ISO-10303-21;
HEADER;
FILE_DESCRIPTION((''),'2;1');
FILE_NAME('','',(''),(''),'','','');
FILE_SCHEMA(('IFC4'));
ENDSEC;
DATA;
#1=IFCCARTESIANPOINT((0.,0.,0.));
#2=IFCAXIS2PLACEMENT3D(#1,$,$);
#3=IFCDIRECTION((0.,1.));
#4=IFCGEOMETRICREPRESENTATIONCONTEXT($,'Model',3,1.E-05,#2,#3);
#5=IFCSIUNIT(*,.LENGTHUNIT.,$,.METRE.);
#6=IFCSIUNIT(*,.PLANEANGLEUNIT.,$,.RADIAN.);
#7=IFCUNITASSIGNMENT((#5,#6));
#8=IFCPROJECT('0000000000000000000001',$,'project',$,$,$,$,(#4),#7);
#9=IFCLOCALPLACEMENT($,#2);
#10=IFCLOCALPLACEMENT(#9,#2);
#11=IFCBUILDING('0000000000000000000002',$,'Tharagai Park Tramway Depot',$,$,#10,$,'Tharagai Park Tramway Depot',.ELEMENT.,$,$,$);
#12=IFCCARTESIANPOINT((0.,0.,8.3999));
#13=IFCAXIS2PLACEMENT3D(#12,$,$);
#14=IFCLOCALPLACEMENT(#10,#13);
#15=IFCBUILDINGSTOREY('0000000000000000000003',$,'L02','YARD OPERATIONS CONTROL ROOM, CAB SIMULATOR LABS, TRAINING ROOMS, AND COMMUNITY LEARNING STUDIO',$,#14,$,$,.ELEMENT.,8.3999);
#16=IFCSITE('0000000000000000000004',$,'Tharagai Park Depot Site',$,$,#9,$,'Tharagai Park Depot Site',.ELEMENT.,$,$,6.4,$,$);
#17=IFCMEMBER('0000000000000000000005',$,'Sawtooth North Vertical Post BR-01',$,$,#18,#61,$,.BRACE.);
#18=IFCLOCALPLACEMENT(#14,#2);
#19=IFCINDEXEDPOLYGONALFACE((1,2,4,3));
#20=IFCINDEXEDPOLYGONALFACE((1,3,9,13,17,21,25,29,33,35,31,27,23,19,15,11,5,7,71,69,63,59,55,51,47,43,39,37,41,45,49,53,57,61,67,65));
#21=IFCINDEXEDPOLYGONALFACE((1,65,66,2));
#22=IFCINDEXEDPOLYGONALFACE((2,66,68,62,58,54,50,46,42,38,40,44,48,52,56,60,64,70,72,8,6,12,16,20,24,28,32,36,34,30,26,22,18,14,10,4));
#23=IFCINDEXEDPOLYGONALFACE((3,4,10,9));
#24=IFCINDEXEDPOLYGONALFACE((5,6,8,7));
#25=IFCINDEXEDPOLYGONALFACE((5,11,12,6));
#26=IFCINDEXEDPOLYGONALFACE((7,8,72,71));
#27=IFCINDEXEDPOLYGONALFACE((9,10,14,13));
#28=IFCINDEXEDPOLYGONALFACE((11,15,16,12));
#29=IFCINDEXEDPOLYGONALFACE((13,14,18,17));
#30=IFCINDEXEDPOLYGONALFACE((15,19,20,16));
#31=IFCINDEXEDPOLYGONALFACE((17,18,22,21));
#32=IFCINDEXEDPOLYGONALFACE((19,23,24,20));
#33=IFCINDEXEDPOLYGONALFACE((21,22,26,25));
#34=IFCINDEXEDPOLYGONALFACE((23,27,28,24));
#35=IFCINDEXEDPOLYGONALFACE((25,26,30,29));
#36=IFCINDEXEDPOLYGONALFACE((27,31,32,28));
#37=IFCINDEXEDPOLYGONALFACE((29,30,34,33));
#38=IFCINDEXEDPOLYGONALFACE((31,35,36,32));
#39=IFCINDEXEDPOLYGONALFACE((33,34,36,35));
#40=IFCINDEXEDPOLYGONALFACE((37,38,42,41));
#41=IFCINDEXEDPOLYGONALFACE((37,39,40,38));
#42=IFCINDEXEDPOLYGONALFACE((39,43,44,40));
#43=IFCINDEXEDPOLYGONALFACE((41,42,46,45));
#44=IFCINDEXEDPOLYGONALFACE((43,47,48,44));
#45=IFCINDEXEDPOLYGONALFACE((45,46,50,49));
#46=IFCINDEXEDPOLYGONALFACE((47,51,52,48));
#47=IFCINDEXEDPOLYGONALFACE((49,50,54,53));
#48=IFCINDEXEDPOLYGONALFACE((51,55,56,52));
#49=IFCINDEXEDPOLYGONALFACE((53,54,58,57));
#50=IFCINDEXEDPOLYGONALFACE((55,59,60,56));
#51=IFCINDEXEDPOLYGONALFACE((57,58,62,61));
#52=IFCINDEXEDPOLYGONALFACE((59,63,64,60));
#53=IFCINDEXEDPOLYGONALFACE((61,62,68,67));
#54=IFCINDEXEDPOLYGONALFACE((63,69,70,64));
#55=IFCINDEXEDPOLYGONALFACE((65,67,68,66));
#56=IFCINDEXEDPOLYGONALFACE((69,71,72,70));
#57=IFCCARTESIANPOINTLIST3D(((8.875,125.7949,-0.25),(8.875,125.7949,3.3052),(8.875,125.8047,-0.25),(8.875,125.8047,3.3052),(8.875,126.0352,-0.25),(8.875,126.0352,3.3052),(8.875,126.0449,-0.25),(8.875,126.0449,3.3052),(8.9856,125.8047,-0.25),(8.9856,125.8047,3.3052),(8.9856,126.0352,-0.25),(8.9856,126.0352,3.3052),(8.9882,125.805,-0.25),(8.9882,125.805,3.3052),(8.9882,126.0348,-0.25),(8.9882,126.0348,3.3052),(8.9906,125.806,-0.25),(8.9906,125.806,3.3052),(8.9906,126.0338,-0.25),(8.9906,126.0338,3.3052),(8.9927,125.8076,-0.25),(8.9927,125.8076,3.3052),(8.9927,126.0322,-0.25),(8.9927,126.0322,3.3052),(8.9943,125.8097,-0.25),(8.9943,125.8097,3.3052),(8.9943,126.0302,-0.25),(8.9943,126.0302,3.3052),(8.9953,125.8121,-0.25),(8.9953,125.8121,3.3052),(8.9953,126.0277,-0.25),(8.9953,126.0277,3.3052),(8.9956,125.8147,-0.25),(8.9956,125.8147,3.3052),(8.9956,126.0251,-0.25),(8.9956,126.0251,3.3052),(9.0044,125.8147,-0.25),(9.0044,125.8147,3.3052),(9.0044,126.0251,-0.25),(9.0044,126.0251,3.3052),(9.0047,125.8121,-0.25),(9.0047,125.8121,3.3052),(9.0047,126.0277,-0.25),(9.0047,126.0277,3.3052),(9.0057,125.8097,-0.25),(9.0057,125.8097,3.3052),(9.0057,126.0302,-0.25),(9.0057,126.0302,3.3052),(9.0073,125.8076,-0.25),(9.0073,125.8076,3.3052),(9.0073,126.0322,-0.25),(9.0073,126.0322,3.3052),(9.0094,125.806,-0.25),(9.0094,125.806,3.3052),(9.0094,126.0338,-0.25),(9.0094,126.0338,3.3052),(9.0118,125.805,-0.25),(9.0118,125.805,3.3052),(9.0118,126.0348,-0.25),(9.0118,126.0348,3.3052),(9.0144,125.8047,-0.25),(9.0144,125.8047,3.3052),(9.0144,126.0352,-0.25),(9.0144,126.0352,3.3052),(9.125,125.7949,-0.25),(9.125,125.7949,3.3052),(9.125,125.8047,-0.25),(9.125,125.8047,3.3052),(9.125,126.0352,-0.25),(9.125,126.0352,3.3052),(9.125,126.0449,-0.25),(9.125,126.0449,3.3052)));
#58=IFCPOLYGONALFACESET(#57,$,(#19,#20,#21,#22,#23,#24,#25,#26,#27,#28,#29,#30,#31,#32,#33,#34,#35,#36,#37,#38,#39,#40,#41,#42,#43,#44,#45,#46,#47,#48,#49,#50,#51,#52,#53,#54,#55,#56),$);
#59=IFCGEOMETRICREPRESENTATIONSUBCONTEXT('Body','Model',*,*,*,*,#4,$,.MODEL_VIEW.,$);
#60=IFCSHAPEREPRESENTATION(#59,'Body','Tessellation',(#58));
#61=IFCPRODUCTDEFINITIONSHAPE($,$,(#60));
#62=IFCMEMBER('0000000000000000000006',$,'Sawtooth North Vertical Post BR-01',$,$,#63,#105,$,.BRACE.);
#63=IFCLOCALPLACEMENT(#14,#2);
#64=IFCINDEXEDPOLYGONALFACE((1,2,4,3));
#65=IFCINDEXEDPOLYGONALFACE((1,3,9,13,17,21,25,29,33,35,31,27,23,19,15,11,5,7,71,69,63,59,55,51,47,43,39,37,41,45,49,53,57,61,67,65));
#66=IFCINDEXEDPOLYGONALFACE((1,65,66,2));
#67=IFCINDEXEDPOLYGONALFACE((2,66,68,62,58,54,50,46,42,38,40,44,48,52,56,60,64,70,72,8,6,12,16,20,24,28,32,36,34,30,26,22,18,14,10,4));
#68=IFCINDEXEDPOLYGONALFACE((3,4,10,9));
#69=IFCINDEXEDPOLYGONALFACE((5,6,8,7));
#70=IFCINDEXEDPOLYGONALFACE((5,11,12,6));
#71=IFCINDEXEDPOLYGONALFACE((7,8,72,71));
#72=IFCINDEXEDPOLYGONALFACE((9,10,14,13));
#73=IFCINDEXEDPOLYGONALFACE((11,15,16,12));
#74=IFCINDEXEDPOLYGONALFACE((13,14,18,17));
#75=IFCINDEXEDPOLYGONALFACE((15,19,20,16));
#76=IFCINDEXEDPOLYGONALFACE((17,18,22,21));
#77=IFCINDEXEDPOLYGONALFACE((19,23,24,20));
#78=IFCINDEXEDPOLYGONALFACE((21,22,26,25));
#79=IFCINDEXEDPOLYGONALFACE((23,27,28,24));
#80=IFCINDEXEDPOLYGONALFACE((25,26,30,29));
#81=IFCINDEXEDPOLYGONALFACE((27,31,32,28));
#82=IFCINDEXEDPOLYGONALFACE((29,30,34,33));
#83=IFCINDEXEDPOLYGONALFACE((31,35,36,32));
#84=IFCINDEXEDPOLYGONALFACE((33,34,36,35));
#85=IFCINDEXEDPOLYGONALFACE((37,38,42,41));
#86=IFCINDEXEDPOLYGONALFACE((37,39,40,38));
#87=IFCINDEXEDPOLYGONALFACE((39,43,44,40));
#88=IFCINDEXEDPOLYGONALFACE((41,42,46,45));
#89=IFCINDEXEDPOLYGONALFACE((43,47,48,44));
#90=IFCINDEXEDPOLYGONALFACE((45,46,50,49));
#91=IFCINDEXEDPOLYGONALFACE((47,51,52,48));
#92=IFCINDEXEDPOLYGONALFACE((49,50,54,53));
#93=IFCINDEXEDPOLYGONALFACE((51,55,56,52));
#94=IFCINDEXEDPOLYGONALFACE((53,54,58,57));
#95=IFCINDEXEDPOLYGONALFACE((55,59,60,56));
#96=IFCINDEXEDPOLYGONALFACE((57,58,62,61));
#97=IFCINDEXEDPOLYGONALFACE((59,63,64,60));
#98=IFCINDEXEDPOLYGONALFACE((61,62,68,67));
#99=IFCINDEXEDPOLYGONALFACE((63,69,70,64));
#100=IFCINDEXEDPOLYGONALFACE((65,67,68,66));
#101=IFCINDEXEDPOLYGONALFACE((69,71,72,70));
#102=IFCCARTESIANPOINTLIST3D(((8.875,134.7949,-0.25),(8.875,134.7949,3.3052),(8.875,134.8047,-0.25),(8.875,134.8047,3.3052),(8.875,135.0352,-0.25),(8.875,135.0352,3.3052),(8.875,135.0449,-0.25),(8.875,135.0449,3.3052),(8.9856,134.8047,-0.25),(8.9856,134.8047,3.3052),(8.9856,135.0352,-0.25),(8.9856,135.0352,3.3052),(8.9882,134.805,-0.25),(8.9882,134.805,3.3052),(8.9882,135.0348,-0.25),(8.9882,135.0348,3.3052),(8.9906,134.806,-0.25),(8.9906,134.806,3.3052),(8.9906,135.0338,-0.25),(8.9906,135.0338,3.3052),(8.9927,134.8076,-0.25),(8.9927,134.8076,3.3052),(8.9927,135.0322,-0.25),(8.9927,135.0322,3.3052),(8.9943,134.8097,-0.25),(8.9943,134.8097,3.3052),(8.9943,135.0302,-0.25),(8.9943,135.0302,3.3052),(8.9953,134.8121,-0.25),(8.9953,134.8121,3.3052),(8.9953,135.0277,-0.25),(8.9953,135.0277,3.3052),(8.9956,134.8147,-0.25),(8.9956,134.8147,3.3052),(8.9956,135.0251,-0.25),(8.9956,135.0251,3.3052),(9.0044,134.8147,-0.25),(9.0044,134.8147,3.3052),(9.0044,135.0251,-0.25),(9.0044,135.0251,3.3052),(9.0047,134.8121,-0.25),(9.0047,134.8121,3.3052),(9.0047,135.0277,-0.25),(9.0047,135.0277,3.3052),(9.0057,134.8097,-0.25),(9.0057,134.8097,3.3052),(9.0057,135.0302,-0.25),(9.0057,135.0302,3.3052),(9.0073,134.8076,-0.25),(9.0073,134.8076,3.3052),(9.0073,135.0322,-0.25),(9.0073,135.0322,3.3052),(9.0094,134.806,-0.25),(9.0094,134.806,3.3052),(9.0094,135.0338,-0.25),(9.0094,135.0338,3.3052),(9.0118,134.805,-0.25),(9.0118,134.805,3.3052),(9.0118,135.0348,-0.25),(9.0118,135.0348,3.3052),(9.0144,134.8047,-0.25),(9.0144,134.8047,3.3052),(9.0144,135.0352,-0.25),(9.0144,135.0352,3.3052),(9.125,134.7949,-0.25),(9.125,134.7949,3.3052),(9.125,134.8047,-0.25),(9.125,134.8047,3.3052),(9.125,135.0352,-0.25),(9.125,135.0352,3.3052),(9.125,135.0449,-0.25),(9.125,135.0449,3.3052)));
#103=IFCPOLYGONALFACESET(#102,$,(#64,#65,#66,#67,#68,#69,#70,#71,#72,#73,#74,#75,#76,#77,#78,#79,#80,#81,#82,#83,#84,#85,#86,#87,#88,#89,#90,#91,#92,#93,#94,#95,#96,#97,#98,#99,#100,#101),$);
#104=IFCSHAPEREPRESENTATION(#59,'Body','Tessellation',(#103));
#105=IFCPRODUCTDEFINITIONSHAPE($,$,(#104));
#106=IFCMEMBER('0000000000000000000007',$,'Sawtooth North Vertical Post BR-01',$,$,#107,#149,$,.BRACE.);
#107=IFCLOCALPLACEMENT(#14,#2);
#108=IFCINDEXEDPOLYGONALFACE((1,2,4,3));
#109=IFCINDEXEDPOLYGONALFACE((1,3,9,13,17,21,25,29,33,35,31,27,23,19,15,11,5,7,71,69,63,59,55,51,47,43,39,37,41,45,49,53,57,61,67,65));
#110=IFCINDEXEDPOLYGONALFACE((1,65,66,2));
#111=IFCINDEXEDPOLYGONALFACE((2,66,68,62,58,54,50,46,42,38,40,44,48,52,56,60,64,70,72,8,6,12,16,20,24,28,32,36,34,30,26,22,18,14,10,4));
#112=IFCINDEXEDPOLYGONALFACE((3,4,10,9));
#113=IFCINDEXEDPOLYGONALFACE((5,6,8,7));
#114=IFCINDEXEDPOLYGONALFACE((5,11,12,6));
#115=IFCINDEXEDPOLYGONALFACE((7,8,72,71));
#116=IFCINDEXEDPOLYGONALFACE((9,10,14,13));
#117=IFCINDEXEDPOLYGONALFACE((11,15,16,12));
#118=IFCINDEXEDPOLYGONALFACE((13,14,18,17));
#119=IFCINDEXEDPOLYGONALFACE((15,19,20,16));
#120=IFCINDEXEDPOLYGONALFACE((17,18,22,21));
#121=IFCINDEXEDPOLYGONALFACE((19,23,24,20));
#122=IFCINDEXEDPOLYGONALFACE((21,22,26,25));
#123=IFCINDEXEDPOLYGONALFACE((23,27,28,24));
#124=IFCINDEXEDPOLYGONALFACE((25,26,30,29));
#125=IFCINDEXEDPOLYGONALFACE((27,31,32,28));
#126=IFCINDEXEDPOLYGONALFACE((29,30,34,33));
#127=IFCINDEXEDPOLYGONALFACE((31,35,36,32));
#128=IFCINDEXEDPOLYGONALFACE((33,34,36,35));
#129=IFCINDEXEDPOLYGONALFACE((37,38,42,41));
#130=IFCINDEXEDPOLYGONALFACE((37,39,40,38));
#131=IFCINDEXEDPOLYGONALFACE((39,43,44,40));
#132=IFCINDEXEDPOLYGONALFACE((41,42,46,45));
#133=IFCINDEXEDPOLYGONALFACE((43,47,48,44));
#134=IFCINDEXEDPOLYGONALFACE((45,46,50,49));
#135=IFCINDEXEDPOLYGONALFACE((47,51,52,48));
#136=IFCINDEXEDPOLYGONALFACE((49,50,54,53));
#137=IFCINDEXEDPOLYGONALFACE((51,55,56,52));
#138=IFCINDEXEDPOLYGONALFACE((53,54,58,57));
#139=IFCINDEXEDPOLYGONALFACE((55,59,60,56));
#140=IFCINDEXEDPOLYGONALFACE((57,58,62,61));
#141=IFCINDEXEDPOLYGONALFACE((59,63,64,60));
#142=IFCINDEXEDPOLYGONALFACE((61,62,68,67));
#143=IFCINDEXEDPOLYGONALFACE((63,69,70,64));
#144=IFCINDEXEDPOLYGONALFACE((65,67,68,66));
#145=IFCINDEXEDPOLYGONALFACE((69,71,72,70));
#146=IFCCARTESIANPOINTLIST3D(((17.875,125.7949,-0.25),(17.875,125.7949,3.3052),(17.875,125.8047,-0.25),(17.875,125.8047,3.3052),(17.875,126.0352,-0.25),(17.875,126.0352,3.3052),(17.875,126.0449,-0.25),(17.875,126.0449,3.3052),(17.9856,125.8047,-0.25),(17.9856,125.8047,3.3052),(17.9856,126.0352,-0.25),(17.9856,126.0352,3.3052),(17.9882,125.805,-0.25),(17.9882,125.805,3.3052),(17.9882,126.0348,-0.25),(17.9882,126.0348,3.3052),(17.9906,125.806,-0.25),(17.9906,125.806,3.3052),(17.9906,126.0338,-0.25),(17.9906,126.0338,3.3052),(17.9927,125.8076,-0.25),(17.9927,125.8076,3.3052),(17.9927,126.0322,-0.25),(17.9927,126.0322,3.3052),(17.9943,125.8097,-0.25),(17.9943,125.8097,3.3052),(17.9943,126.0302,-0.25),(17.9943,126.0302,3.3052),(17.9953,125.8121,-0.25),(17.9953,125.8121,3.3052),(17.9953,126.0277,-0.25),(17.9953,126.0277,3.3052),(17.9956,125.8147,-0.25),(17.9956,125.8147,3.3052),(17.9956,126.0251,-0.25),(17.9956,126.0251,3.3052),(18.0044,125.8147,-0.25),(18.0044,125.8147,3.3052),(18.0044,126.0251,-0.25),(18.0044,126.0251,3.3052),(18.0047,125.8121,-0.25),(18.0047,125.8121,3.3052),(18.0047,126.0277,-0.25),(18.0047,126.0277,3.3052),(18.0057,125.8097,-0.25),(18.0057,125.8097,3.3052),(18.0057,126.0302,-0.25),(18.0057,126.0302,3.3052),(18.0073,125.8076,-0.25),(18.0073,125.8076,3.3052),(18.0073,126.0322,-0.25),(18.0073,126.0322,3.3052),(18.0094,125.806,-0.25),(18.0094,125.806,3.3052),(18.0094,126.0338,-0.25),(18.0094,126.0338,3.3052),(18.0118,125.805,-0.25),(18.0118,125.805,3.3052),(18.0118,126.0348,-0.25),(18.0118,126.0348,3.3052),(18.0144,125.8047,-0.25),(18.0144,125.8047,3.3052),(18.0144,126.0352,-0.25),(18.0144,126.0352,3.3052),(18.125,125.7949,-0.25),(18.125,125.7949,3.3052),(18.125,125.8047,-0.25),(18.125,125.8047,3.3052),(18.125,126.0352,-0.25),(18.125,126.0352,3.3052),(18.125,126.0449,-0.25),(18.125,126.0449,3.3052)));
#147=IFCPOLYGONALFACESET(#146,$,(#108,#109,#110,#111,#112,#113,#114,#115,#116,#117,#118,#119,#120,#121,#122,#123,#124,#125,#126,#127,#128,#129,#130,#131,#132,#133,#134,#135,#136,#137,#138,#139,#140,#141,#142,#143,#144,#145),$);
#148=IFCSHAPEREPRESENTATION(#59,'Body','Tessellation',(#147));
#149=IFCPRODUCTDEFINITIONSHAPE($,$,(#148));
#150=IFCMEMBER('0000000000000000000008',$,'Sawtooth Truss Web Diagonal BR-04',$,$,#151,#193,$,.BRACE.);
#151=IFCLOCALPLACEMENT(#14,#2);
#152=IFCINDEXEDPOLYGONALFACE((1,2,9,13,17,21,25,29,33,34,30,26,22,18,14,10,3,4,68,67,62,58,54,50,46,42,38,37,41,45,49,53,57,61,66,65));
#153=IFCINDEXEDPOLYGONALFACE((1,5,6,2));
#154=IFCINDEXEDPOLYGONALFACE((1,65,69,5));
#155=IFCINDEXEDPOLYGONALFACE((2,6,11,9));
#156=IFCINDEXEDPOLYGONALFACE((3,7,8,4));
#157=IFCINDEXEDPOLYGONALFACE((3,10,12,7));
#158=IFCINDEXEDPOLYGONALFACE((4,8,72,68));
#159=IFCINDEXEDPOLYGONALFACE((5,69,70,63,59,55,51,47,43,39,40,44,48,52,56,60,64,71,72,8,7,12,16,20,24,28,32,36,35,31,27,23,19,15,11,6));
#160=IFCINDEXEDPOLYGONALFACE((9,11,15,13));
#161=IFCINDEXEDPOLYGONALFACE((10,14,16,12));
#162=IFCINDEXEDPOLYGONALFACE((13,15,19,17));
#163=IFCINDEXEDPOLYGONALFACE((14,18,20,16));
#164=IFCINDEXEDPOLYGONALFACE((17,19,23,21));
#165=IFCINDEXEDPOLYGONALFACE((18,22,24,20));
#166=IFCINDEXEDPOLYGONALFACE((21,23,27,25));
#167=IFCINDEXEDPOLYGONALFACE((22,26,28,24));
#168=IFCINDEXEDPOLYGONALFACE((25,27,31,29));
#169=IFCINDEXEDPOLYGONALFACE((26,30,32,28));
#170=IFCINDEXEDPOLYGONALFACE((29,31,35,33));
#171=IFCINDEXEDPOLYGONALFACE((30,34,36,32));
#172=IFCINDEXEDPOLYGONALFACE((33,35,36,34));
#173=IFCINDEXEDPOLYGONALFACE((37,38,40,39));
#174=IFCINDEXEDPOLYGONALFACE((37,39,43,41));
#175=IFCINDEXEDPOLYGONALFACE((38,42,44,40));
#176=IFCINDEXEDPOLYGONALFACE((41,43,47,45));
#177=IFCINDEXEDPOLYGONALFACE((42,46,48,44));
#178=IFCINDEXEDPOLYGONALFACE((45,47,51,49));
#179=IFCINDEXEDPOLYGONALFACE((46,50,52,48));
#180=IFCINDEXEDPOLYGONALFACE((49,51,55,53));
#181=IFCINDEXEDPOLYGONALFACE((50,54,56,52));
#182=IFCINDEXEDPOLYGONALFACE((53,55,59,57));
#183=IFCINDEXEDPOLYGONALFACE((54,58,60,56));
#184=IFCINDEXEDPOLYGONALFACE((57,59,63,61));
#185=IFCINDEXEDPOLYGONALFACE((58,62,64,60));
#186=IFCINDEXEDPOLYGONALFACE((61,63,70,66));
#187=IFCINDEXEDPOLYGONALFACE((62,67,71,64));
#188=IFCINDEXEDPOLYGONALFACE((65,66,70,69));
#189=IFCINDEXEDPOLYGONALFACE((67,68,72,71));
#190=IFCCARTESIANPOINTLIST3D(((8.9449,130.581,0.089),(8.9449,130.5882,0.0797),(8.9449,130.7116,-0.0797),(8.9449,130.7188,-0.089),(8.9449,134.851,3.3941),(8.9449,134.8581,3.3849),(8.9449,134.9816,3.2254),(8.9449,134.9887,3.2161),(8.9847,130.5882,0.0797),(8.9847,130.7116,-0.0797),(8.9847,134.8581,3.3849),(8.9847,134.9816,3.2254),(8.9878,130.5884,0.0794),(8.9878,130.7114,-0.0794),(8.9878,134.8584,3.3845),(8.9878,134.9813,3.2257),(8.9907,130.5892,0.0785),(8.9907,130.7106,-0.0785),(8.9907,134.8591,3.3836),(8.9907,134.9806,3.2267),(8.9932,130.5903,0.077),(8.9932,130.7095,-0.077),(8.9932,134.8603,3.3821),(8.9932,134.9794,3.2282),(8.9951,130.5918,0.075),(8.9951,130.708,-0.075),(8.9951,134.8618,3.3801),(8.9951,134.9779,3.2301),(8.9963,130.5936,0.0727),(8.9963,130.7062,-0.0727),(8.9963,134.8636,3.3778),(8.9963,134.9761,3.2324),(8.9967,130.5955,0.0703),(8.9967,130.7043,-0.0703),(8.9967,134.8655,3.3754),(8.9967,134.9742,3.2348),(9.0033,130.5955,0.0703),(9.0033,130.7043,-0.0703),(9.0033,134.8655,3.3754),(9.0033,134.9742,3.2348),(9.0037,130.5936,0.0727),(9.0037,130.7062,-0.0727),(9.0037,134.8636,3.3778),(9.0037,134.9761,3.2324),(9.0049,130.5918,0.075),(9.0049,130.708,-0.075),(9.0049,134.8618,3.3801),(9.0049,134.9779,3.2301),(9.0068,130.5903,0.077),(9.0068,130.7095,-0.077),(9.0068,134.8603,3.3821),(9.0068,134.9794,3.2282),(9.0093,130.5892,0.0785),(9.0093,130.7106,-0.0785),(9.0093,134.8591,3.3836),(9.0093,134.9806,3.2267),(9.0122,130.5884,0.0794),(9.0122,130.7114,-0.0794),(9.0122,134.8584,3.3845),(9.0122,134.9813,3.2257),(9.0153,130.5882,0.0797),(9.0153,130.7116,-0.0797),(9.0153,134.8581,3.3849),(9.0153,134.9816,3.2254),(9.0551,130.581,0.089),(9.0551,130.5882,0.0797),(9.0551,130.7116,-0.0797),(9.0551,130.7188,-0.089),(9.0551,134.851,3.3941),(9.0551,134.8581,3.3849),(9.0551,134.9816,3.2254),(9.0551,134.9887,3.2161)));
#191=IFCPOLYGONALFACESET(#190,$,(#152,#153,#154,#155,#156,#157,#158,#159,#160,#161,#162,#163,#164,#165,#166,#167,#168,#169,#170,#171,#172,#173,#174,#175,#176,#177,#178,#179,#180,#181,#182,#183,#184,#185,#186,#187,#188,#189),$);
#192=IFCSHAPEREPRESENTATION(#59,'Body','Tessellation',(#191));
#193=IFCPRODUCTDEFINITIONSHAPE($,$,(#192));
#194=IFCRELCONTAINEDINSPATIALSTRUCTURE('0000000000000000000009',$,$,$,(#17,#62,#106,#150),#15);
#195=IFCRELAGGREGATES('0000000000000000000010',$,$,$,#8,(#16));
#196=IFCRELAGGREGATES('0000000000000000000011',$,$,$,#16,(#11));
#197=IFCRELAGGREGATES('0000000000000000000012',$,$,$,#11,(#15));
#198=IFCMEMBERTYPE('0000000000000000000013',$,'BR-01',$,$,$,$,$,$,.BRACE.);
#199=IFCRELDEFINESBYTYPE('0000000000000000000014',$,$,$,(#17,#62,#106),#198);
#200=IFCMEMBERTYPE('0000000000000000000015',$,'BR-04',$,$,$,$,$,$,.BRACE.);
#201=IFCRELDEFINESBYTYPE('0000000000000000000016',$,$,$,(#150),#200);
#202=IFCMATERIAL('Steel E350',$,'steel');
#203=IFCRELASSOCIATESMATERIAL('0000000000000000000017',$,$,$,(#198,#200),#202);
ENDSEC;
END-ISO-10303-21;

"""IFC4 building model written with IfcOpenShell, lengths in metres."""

from ifc_helpers import new_model, si_unit, direction, frame, origin, origin_2d, place, context, subcontext, project, spatial, i_section, extrude, material, material_profile, profile_set, type_object, element, save


model = new_model("IFC4")

# Units and contexts
model_context = context("Model", 3, precision=1e-05, world=origin(), true_north=direction((0.0, 1.0)))
body_context = subcontext(model_context, "Body", "Model", "MODEL_VIEW")
ifc_project = project(units=[si_unit("LENGTHUNIT", "METRE"), si_unit("PLANEANGLEUNIT", "RADIAN")], contexts=[model_context])

# Site, building, storey
site_placement = place(None, origin())
site = spatial("IfcSite", under=ifc_project, at=site_placement, Name="Tharagai Park Depot Site", LongName="Tharagai Park Depot Site", CompositionType="ELEMENT", RefElevation=6.4)
building_placement = place(site_placement, origin())
building = spatial("IfcBuilding", under=site, at=building_placement, Name="Tharagai Park Tramway Depot", LongName="Tharagai Park Tramway Depot", CompositionType="ELEMENT")
storey_placement = place(building_placement, frame((0.0, 0.0, 8.3999)))
storey = spatial("IfcBuildingStorey", under=building, at=storey_placement, Name="L02", Description="YARD OPERATIONS CONTROL ROOM, CAB SIMULATOR LABS, TRAINING ROOMS, AND COMMUNITY LEARNING STUDIO", CompositionType="ELEMENT", Elevation=8.3999)

# Members
ifc_material_1 = material(Name="Steel E350", Category="steel")
ifc_material_profile_1 = material_profile(ifc_material_1, i_section(OverallWidth=0.25, OverallDepth=0.25, WebThickness=0.0088, FlangeThickness=0.0098, FilletRadius=0.01, at=origin_2d()), Name="ISHB 250")
ifc_profile_set_1 = profile_set([ifc_material_profile_1], Name="Steel E350")
member_type_1 = type_object("IfcMemberType", Name="BR-01", PredefinedType="BRACE", material=ifc_profile_set_1)
for number, where, z_axis, x_axis, name in (
    (1, (9.0, 125.9199, -0.25), (0.0, 0.0, 1.0), (1.0, 0.0, 0.0), "Sawtooth North Vertical Post BR-01"),
    (2, (9.0, 134.9199, -0.25), (0.0, 0.0, 1.0), (1.0, 0.0, 0.0), "Sawtooth North Vertical Post BR-01"),
    (3, (18.0, 125.9199, -0.25), (0.0, 0.0, 1.0), (1.0, 0.0, 0.0), "Sawtooth North Vertical Post BR-01"),
):
    element("IfcMember", number, at=place(storey_placement, frame(where, z_axis=z_axis, x_axis=x_axis)), inside=storey, type_object=member_type_1, Name=name, PredefinedType="BRACE", context=body_context, shape_type="SweptSolid", body=[
        extrude(i_section(OverallWidth=0.25, OverallDepth=0.25, WebThickness=0.0088, FlangeThickness=0.0098, FilletRadius=0.01, at=origin_2d()), origin(), (0.0, 0.0, 1.0), 3.5552),
    ])
ifc_material_profile_2 = material_profile(ifc_material_1, i_section(OverallWidth=0.1101, OverallDepth=0.2251, WebThickness=0.0066, FlangeThickness=0.0117, FilletRadius=0.012, at=origin_2d()), Name="ISMB 225")
ifc_profile_set_2 = profile_set([ifc_material_profile_2], Name="Steel E350")
member_type_2 = type_object("IfcMemberType", Name="BR-04", PredefinedType="BRACE", material=ifc_profile_set_2)
member_1_placement = place(storey_placement, frame((9.0, 130.6499, 0.0), z_axis=(0.0, 0.790782, 0.612098), x_axis=(-1.0, 0.0, 0.0)))
element("IfcMember", 4, at=member_1_placement, inside=storey, type_object=member_type_2, Name="Sawtooth Truss Web Diagonal BR-04", PredefinedType="BRACE", context=body_context, shape_type="SweptSolid", body=[
    extrude(i_section(OverallWidth=0.1101, OverallDepth=0.2251, WebThickness=0.0066, FlangeThickness=0.0117, FilletRadius=0.012, at=origin_2d()), origin(), (0.0, 0.0, 1.0), 5.3997),
])

save(model, "model.ifc")
